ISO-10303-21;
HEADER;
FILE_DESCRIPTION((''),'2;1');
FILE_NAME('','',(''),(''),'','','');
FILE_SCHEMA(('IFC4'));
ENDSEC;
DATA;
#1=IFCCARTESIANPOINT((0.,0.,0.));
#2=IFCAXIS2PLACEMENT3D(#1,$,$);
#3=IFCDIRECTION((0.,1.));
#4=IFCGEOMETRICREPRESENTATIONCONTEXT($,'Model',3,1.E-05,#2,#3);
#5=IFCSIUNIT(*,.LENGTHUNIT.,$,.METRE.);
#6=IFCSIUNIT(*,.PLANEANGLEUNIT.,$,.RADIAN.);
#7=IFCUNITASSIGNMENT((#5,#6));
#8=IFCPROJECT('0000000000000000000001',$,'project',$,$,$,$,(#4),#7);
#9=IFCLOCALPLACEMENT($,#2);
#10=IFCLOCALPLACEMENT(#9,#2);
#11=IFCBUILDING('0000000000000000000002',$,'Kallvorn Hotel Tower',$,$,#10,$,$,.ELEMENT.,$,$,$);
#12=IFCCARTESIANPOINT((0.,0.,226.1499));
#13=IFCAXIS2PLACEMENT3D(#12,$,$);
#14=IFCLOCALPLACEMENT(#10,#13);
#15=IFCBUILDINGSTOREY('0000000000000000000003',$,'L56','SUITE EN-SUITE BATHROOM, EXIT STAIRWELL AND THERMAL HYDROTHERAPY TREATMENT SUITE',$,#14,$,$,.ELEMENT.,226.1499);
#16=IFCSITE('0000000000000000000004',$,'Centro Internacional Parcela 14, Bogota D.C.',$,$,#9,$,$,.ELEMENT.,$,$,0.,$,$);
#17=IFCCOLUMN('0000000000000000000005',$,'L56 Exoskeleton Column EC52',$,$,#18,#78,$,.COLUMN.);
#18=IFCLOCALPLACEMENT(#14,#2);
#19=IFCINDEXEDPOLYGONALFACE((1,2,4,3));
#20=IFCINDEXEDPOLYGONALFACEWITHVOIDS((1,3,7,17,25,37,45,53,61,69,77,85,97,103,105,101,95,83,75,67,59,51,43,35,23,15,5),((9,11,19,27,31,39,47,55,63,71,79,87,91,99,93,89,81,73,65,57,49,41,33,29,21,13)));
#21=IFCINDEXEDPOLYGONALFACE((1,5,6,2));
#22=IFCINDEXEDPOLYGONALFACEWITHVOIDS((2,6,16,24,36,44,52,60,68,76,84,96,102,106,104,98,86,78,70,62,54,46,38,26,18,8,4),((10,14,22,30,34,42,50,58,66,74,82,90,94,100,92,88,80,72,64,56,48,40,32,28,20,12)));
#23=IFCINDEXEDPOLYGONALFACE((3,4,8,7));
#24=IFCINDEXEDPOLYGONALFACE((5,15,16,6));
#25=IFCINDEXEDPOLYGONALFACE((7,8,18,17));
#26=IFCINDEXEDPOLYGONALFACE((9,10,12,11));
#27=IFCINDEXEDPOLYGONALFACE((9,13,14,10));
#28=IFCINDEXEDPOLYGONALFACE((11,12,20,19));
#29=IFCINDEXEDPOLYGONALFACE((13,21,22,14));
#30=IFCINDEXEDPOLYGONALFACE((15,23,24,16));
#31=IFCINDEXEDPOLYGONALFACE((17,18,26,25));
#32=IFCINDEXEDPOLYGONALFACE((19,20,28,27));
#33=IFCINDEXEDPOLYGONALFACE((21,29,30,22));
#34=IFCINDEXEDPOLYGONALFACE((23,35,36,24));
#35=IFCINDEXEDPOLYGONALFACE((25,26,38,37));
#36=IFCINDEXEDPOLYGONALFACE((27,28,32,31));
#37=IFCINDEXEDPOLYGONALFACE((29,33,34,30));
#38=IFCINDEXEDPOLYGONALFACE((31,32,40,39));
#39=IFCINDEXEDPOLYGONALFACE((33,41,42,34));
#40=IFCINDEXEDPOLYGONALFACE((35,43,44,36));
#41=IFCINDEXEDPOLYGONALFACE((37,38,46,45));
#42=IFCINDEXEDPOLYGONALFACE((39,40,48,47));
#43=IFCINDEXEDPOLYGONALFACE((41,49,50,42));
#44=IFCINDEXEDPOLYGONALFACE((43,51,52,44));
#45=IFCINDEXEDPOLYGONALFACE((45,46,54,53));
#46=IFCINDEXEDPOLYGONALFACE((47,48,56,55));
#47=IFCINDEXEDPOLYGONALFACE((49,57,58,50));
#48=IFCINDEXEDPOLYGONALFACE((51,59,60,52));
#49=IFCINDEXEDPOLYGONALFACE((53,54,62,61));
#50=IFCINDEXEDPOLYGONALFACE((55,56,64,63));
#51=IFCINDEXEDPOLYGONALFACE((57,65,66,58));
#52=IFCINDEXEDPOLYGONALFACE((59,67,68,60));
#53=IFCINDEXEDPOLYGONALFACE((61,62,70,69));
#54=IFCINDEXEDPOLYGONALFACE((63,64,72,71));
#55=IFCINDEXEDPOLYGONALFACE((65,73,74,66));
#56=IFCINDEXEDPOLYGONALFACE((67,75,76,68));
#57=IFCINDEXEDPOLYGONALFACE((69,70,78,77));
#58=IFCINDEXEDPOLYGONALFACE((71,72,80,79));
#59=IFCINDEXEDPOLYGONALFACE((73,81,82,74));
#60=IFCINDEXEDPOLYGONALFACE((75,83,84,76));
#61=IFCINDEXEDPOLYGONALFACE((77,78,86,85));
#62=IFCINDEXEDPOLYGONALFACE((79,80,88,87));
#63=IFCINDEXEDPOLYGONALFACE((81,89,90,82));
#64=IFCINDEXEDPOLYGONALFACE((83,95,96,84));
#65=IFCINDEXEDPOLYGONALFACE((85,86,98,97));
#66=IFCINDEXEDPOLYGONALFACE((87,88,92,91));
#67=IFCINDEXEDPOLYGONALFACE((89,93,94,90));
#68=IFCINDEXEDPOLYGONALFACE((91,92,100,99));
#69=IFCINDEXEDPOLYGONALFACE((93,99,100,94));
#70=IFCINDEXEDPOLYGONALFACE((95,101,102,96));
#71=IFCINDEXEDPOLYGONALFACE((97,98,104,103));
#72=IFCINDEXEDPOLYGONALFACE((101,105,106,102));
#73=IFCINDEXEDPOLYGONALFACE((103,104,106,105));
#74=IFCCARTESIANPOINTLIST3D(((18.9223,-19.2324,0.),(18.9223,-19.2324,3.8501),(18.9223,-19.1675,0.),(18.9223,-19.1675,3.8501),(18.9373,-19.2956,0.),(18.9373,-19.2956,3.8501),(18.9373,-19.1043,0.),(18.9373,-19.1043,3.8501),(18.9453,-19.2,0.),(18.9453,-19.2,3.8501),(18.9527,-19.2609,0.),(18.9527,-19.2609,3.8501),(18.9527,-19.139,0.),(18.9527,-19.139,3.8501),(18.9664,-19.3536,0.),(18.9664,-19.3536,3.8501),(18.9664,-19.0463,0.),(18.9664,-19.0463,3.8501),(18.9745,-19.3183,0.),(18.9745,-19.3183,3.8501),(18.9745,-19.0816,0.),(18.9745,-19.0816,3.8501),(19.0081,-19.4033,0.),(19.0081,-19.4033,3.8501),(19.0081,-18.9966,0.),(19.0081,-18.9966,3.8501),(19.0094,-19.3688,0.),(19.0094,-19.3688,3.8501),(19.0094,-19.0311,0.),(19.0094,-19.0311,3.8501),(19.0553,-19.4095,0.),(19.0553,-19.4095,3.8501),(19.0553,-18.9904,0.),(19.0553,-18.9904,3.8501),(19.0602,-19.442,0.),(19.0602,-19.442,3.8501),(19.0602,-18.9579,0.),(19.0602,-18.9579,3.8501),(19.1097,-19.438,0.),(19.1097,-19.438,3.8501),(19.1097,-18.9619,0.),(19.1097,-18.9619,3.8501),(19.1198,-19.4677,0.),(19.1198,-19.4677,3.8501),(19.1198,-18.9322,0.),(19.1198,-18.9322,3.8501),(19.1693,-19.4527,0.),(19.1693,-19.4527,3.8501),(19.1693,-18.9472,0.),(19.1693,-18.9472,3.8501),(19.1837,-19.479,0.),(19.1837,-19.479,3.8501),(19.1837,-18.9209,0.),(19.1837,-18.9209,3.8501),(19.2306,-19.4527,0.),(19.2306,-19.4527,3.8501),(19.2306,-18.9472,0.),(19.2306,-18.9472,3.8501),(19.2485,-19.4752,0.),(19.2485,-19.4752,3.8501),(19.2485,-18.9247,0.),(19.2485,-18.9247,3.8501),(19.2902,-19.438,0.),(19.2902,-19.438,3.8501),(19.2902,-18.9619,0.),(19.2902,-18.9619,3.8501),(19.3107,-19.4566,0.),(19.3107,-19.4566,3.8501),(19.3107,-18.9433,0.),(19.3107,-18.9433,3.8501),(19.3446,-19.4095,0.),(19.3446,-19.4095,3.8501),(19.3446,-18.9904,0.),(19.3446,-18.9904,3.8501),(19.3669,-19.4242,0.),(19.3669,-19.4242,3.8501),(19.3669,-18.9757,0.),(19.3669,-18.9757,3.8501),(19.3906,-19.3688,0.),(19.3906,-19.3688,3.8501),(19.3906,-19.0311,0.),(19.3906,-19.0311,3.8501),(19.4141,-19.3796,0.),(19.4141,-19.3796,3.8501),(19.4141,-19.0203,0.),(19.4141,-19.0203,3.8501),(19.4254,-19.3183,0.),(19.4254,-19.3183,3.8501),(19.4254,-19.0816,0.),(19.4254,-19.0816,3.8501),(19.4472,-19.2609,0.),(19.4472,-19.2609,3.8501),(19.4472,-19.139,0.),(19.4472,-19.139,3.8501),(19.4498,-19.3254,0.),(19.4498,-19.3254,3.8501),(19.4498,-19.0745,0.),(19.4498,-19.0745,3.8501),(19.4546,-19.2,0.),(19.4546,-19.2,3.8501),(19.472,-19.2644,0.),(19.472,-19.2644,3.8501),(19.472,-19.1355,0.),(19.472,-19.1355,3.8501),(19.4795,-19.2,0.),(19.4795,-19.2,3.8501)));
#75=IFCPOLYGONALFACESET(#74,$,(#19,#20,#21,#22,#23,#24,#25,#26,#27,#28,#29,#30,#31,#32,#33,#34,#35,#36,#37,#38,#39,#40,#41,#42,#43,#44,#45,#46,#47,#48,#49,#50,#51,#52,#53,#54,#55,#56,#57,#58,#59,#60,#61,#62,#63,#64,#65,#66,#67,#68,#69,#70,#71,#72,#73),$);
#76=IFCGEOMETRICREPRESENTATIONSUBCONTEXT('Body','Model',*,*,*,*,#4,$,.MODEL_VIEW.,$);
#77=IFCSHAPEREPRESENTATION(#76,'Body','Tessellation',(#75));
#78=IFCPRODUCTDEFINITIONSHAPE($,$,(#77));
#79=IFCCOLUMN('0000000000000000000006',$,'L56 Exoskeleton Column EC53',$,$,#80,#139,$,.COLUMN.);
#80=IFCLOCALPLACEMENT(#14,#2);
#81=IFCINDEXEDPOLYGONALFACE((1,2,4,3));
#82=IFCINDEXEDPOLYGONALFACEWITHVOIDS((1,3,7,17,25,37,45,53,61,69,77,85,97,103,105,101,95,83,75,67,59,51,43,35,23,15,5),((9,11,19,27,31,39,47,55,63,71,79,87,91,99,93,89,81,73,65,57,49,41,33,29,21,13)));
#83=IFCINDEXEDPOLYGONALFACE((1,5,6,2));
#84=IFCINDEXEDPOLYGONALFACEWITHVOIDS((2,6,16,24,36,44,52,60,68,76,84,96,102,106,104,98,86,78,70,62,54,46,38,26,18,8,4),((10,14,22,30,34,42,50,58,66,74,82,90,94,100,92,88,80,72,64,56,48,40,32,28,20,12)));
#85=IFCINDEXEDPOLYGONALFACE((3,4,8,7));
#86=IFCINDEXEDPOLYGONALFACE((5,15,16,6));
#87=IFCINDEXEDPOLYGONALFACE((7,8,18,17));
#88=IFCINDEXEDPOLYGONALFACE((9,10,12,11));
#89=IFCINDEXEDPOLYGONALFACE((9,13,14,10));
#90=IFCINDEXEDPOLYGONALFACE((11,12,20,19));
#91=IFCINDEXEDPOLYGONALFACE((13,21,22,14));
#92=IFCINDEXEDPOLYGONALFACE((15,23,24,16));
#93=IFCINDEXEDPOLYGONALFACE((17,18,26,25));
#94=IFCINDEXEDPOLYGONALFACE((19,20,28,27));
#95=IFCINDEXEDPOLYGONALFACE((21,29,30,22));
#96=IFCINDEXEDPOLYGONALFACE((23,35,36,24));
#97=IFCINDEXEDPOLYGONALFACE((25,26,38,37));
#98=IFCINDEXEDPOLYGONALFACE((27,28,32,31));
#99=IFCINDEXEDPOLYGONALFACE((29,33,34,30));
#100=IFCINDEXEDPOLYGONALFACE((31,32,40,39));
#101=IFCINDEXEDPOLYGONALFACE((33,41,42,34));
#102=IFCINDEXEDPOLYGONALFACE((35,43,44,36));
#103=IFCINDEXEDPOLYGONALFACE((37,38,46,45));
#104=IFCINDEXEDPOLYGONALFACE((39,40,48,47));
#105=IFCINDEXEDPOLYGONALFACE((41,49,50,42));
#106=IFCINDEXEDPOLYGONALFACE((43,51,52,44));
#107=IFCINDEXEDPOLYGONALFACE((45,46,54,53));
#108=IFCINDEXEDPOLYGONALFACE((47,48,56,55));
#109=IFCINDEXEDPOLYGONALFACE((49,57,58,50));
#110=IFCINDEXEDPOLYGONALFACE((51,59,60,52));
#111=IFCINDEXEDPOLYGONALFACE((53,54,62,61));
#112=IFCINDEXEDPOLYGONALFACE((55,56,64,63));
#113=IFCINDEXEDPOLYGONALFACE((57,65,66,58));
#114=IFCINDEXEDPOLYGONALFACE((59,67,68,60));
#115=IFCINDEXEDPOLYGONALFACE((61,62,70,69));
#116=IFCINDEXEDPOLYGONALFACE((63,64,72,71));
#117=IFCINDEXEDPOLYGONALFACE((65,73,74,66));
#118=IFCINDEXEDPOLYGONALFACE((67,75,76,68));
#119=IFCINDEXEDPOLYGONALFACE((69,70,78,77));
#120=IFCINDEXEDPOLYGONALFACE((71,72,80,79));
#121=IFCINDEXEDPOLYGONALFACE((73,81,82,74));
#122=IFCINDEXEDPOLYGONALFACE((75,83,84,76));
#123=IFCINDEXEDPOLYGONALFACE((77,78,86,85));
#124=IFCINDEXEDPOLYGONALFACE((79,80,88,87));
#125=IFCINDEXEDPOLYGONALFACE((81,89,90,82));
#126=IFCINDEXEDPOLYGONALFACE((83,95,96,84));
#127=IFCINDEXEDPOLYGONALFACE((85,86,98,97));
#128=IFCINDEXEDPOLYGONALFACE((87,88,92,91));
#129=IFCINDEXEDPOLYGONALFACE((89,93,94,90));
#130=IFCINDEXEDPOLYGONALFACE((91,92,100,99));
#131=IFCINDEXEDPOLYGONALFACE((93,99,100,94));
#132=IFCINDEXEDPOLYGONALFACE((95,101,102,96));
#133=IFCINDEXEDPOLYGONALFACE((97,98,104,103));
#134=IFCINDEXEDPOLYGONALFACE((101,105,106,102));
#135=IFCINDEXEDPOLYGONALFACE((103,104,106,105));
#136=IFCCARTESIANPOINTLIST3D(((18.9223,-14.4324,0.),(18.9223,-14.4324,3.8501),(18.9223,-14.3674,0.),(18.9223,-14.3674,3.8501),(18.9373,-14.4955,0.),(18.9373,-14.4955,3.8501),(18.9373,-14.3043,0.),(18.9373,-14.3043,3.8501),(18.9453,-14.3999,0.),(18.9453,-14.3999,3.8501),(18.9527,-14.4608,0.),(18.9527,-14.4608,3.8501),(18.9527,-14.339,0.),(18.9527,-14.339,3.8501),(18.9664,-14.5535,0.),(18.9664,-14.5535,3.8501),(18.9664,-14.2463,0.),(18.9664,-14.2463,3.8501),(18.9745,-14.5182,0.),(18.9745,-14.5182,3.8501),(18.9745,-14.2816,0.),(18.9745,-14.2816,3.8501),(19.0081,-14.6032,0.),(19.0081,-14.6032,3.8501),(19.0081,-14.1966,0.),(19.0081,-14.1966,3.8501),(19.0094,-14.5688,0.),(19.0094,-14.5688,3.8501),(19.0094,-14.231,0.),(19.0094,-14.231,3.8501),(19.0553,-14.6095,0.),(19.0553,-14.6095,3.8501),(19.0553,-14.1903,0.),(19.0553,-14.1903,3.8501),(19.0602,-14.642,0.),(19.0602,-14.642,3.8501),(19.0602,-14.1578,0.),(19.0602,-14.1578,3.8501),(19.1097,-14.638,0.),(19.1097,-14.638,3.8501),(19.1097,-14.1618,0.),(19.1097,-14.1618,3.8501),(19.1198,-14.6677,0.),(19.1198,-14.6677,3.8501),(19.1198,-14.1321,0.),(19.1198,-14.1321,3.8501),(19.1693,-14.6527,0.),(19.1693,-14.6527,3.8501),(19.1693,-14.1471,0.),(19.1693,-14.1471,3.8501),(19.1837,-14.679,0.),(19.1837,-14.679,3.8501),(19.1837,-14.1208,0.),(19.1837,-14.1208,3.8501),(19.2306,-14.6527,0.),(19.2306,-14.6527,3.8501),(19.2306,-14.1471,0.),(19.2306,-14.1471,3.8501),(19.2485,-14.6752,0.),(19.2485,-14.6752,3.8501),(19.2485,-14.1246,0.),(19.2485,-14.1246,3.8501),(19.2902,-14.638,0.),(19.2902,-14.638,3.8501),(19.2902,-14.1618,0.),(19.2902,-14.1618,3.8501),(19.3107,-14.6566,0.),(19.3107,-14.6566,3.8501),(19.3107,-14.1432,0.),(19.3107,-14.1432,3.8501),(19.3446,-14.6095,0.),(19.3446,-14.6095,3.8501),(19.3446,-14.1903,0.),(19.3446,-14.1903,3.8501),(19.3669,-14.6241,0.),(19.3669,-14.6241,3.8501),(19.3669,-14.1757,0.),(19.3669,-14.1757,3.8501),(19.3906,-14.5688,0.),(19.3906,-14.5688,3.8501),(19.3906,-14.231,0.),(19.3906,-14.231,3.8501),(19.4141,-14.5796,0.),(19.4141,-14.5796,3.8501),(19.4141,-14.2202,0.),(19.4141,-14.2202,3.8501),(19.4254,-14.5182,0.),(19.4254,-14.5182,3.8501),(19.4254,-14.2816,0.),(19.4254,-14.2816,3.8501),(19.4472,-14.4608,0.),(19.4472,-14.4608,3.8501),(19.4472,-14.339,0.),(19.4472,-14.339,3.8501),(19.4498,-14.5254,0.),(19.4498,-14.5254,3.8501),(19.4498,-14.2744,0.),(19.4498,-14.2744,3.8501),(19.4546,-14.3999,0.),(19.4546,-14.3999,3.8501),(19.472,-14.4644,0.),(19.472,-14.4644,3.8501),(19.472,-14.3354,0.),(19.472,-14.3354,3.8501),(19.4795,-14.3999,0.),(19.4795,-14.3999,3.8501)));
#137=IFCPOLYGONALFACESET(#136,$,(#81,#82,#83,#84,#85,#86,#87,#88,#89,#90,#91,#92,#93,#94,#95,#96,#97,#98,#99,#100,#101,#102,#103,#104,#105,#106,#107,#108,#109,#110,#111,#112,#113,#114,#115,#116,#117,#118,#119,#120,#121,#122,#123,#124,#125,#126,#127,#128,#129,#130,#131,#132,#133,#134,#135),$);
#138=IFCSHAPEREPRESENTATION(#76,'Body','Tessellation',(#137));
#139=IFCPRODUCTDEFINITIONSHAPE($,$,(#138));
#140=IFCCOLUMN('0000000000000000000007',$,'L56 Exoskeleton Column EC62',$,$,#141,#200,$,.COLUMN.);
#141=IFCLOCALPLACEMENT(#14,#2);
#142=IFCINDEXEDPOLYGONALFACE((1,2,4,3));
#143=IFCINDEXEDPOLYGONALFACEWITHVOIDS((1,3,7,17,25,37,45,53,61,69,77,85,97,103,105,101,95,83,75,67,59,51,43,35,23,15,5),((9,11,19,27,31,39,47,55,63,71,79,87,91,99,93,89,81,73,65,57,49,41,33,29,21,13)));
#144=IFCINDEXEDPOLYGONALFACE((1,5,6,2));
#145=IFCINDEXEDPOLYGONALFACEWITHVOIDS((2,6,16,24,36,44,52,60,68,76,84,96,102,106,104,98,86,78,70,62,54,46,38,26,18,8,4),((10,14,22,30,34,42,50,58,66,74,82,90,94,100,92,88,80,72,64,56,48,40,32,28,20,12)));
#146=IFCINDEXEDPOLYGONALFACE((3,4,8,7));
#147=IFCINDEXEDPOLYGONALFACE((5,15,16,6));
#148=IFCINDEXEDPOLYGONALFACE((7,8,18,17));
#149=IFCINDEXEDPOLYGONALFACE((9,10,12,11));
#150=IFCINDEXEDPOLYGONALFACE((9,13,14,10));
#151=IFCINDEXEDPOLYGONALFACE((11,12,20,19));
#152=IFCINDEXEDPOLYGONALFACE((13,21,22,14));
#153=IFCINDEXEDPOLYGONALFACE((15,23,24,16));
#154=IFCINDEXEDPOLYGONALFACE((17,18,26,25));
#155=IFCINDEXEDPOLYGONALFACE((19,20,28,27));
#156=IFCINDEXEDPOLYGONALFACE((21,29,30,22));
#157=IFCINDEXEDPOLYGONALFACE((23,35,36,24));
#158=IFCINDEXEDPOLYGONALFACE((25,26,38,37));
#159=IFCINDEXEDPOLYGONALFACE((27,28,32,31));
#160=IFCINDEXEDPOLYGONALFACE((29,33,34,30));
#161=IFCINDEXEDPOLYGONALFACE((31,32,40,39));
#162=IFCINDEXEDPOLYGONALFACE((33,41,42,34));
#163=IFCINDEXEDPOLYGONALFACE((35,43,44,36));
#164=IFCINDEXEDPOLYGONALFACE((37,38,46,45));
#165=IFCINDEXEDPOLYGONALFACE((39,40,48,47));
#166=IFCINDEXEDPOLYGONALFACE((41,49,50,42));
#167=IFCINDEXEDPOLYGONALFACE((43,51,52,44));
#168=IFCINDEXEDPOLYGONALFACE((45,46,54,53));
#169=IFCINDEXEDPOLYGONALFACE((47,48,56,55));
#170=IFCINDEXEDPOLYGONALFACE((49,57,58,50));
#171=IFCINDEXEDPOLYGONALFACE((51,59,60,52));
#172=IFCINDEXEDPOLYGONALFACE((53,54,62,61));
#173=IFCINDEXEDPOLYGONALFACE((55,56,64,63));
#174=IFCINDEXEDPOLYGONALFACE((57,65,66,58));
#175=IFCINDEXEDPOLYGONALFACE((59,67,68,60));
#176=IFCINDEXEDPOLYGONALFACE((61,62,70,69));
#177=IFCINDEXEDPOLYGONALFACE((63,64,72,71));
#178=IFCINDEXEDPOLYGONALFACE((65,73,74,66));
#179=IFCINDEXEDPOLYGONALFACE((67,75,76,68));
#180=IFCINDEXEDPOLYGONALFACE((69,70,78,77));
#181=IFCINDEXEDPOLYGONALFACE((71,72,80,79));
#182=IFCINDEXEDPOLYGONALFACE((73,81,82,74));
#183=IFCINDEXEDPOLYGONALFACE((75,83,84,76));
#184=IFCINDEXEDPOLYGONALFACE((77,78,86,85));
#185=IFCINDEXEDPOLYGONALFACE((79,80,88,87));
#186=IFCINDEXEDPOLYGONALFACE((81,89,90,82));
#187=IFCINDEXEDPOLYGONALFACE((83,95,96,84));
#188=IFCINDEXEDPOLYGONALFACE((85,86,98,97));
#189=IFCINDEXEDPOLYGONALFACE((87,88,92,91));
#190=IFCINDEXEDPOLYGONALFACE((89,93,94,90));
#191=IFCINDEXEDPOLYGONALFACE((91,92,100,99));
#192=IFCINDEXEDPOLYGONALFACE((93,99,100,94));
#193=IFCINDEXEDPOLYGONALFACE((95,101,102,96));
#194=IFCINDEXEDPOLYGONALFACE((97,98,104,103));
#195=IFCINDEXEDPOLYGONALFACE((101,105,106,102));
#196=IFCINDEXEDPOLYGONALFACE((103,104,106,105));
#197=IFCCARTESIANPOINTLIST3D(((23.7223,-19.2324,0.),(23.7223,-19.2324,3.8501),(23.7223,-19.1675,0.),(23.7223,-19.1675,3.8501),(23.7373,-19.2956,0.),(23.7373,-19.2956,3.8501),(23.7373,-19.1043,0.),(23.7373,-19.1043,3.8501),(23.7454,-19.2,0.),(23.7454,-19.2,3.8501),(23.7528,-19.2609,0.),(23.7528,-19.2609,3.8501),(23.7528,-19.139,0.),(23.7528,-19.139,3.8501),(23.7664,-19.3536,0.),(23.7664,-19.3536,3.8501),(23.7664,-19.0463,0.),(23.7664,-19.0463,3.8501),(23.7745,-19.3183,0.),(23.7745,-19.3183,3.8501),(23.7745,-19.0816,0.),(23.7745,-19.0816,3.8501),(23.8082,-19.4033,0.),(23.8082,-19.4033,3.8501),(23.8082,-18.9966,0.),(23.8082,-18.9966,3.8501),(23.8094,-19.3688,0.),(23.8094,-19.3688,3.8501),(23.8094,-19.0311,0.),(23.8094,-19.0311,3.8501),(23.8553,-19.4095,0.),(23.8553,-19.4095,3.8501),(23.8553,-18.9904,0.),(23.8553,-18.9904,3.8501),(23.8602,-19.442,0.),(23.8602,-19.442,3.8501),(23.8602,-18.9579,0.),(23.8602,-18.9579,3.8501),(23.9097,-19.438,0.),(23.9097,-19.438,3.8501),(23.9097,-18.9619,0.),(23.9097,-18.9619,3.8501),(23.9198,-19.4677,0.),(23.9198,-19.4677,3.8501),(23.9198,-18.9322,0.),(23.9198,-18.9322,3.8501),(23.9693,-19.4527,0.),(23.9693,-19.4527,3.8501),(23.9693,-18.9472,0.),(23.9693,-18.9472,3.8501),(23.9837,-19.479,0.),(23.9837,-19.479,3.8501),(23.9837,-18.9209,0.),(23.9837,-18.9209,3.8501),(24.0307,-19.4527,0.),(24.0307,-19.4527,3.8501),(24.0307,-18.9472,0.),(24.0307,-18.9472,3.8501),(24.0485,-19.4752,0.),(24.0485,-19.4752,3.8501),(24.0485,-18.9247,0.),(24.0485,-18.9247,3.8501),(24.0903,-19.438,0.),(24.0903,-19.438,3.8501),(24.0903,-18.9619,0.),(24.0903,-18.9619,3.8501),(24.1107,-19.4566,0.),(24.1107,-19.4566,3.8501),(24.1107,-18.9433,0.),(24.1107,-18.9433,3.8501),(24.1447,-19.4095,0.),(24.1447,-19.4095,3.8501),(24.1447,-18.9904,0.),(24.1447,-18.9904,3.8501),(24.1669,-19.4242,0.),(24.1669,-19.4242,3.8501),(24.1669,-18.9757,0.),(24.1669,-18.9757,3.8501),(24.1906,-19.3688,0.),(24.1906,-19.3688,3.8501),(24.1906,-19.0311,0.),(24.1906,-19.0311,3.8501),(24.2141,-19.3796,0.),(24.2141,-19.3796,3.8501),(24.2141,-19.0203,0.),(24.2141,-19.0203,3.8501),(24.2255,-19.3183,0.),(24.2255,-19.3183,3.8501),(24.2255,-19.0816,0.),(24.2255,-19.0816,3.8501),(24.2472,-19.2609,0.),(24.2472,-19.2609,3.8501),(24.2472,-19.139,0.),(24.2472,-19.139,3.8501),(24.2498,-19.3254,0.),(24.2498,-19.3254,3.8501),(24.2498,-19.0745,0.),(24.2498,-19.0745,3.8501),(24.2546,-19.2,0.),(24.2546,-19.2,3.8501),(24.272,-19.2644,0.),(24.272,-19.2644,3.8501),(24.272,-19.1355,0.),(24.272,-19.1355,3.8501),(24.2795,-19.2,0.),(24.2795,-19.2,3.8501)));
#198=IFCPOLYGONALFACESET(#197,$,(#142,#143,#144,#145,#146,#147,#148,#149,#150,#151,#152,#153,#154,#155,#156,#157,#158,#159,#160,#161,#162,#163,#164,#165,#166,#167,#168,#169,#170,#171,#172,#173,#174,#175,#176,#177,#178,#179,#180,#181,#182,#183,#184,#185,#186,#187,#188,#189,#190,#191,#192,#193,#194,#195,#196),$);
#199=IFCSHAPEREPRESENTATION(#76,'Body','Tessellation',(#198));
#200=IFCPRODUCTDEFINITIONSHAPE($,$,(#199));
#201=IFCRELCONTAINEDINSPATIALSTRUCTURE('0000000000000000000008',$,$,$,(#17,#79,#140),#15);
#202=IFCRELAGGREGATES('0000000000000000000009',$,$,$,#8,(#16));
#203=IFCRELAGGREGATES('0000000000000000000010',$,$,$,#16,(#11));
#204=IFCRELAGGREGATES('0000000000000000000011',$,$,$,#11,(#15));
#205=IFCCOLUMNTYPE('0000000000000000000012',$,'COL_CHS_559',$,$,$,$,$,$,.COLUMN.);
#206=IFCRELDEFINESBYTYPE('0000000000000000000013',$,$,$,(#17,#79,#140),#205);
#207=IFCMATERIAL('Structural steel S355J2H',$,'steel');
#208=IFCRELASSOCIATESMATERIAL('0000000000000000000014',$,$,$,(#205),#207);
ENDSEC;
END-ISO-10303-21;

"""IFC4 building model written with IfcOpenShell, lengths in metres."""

from ifc_helpers import new_model, si_unit, direction, frame, origin, origin_2d, place, context, subcontext, project, spatial, hollow_circle, extrude, material, material_profile, profile_set, type_object, element, save


model = new_model("IFC4")

# Units and contexts
model_context = context("Model", 3, precision=1e-05, world=origin(), true_north=direction((0.0, 1.0)))
body_context = subcontext(model_context, "Body", "Model", "MODEL_VIEW")
ifc_project = project(units=[si_unit("LENGTHUNIT", "METRE"), si_unit("PLANEANGLEUNIT", "RADIAN")], contexts=[model_context])

# Site, building, storey
site_placement = place(None, origin())
site = spatial("IfcSite", under=ifc_project, at=site_placement, Name="Centro Internacional Parcela 14, Bogota D.C.", CompositionType="ELEMENT", RefElevation=0.0)
building_placement = place(site_placement, origin())
building = spatial("IfcBuilding", under=site, at=building_placement, Name="Kallvorn Hotel Tower", CompositionType="ELEMENT")
storey_placement = place(building_placement, frame((0.0, 0.0, 226.1499)))
storey = spatial("IfcBuildingStorey", under=building, at=storey_placement, Name="L56", Description="SUITE EN-SUITE BATHROOM, EXIT STAIRWELL AND THERMAL HYDROTHERAPY TREATMENT SUITE", CompositionType="ELEMENT", Elevation=226.1499)

# Columns
ifc_material_1 = material(Name="Structural steel S355J2H", Category="steel")
ifc_material_profile_1 = material_profile(ifc_material_1, hollow_circle(Radius=0.2795, WallThickness=0.0249, at=origin_2d()), Name="CHS 559x25")
ifc_profile_set_1 = profile_set([ifc_material_profile_1], Name="Structural steel S355J2H")
column_type_1 = type_object("IfcColumnType", Name="COL_CHS_559", PredefinedType="COLUMN", material=ifc_profile_set_1)
for number, where, z_axis, x_axis, name in (
    (1, (19.2, -19.2, 0.0), (0.0, 0.0, 1.0), (1.0, 0.0, 0.0), "L56 Exoskeleton Column EC52"),
    (2, (19.2, -14.3999, 0.0), (0.0, 0.0, 1.0), (1.0, 0.0, 0.0), "L56 Exoskeleton Column EC53"),
    (3, (24.0, -19.2, 0.0), (0.0, 0.0, 1.0), (1.0, 0.0, 0.0), "L56 Exoskeleton Column EC62"),
):
    element("IfcColumn", number, at=place(storey_placement, frame(where, z_axis=z_axis, x_axis=x_axis)), inside=storey, type_object=column_type_1, Name=name, PredefinedType="COLUMN", context=body_context, shape_type="SweptSolid", body=[
        extrude(hollow_circle(Radius=0.2795, WallThickness=0.0249, at=origin_2d()), origin(), (0.0, 0.0, 1.0), 3.8501),
    ])

save(model, "model.ifc")
